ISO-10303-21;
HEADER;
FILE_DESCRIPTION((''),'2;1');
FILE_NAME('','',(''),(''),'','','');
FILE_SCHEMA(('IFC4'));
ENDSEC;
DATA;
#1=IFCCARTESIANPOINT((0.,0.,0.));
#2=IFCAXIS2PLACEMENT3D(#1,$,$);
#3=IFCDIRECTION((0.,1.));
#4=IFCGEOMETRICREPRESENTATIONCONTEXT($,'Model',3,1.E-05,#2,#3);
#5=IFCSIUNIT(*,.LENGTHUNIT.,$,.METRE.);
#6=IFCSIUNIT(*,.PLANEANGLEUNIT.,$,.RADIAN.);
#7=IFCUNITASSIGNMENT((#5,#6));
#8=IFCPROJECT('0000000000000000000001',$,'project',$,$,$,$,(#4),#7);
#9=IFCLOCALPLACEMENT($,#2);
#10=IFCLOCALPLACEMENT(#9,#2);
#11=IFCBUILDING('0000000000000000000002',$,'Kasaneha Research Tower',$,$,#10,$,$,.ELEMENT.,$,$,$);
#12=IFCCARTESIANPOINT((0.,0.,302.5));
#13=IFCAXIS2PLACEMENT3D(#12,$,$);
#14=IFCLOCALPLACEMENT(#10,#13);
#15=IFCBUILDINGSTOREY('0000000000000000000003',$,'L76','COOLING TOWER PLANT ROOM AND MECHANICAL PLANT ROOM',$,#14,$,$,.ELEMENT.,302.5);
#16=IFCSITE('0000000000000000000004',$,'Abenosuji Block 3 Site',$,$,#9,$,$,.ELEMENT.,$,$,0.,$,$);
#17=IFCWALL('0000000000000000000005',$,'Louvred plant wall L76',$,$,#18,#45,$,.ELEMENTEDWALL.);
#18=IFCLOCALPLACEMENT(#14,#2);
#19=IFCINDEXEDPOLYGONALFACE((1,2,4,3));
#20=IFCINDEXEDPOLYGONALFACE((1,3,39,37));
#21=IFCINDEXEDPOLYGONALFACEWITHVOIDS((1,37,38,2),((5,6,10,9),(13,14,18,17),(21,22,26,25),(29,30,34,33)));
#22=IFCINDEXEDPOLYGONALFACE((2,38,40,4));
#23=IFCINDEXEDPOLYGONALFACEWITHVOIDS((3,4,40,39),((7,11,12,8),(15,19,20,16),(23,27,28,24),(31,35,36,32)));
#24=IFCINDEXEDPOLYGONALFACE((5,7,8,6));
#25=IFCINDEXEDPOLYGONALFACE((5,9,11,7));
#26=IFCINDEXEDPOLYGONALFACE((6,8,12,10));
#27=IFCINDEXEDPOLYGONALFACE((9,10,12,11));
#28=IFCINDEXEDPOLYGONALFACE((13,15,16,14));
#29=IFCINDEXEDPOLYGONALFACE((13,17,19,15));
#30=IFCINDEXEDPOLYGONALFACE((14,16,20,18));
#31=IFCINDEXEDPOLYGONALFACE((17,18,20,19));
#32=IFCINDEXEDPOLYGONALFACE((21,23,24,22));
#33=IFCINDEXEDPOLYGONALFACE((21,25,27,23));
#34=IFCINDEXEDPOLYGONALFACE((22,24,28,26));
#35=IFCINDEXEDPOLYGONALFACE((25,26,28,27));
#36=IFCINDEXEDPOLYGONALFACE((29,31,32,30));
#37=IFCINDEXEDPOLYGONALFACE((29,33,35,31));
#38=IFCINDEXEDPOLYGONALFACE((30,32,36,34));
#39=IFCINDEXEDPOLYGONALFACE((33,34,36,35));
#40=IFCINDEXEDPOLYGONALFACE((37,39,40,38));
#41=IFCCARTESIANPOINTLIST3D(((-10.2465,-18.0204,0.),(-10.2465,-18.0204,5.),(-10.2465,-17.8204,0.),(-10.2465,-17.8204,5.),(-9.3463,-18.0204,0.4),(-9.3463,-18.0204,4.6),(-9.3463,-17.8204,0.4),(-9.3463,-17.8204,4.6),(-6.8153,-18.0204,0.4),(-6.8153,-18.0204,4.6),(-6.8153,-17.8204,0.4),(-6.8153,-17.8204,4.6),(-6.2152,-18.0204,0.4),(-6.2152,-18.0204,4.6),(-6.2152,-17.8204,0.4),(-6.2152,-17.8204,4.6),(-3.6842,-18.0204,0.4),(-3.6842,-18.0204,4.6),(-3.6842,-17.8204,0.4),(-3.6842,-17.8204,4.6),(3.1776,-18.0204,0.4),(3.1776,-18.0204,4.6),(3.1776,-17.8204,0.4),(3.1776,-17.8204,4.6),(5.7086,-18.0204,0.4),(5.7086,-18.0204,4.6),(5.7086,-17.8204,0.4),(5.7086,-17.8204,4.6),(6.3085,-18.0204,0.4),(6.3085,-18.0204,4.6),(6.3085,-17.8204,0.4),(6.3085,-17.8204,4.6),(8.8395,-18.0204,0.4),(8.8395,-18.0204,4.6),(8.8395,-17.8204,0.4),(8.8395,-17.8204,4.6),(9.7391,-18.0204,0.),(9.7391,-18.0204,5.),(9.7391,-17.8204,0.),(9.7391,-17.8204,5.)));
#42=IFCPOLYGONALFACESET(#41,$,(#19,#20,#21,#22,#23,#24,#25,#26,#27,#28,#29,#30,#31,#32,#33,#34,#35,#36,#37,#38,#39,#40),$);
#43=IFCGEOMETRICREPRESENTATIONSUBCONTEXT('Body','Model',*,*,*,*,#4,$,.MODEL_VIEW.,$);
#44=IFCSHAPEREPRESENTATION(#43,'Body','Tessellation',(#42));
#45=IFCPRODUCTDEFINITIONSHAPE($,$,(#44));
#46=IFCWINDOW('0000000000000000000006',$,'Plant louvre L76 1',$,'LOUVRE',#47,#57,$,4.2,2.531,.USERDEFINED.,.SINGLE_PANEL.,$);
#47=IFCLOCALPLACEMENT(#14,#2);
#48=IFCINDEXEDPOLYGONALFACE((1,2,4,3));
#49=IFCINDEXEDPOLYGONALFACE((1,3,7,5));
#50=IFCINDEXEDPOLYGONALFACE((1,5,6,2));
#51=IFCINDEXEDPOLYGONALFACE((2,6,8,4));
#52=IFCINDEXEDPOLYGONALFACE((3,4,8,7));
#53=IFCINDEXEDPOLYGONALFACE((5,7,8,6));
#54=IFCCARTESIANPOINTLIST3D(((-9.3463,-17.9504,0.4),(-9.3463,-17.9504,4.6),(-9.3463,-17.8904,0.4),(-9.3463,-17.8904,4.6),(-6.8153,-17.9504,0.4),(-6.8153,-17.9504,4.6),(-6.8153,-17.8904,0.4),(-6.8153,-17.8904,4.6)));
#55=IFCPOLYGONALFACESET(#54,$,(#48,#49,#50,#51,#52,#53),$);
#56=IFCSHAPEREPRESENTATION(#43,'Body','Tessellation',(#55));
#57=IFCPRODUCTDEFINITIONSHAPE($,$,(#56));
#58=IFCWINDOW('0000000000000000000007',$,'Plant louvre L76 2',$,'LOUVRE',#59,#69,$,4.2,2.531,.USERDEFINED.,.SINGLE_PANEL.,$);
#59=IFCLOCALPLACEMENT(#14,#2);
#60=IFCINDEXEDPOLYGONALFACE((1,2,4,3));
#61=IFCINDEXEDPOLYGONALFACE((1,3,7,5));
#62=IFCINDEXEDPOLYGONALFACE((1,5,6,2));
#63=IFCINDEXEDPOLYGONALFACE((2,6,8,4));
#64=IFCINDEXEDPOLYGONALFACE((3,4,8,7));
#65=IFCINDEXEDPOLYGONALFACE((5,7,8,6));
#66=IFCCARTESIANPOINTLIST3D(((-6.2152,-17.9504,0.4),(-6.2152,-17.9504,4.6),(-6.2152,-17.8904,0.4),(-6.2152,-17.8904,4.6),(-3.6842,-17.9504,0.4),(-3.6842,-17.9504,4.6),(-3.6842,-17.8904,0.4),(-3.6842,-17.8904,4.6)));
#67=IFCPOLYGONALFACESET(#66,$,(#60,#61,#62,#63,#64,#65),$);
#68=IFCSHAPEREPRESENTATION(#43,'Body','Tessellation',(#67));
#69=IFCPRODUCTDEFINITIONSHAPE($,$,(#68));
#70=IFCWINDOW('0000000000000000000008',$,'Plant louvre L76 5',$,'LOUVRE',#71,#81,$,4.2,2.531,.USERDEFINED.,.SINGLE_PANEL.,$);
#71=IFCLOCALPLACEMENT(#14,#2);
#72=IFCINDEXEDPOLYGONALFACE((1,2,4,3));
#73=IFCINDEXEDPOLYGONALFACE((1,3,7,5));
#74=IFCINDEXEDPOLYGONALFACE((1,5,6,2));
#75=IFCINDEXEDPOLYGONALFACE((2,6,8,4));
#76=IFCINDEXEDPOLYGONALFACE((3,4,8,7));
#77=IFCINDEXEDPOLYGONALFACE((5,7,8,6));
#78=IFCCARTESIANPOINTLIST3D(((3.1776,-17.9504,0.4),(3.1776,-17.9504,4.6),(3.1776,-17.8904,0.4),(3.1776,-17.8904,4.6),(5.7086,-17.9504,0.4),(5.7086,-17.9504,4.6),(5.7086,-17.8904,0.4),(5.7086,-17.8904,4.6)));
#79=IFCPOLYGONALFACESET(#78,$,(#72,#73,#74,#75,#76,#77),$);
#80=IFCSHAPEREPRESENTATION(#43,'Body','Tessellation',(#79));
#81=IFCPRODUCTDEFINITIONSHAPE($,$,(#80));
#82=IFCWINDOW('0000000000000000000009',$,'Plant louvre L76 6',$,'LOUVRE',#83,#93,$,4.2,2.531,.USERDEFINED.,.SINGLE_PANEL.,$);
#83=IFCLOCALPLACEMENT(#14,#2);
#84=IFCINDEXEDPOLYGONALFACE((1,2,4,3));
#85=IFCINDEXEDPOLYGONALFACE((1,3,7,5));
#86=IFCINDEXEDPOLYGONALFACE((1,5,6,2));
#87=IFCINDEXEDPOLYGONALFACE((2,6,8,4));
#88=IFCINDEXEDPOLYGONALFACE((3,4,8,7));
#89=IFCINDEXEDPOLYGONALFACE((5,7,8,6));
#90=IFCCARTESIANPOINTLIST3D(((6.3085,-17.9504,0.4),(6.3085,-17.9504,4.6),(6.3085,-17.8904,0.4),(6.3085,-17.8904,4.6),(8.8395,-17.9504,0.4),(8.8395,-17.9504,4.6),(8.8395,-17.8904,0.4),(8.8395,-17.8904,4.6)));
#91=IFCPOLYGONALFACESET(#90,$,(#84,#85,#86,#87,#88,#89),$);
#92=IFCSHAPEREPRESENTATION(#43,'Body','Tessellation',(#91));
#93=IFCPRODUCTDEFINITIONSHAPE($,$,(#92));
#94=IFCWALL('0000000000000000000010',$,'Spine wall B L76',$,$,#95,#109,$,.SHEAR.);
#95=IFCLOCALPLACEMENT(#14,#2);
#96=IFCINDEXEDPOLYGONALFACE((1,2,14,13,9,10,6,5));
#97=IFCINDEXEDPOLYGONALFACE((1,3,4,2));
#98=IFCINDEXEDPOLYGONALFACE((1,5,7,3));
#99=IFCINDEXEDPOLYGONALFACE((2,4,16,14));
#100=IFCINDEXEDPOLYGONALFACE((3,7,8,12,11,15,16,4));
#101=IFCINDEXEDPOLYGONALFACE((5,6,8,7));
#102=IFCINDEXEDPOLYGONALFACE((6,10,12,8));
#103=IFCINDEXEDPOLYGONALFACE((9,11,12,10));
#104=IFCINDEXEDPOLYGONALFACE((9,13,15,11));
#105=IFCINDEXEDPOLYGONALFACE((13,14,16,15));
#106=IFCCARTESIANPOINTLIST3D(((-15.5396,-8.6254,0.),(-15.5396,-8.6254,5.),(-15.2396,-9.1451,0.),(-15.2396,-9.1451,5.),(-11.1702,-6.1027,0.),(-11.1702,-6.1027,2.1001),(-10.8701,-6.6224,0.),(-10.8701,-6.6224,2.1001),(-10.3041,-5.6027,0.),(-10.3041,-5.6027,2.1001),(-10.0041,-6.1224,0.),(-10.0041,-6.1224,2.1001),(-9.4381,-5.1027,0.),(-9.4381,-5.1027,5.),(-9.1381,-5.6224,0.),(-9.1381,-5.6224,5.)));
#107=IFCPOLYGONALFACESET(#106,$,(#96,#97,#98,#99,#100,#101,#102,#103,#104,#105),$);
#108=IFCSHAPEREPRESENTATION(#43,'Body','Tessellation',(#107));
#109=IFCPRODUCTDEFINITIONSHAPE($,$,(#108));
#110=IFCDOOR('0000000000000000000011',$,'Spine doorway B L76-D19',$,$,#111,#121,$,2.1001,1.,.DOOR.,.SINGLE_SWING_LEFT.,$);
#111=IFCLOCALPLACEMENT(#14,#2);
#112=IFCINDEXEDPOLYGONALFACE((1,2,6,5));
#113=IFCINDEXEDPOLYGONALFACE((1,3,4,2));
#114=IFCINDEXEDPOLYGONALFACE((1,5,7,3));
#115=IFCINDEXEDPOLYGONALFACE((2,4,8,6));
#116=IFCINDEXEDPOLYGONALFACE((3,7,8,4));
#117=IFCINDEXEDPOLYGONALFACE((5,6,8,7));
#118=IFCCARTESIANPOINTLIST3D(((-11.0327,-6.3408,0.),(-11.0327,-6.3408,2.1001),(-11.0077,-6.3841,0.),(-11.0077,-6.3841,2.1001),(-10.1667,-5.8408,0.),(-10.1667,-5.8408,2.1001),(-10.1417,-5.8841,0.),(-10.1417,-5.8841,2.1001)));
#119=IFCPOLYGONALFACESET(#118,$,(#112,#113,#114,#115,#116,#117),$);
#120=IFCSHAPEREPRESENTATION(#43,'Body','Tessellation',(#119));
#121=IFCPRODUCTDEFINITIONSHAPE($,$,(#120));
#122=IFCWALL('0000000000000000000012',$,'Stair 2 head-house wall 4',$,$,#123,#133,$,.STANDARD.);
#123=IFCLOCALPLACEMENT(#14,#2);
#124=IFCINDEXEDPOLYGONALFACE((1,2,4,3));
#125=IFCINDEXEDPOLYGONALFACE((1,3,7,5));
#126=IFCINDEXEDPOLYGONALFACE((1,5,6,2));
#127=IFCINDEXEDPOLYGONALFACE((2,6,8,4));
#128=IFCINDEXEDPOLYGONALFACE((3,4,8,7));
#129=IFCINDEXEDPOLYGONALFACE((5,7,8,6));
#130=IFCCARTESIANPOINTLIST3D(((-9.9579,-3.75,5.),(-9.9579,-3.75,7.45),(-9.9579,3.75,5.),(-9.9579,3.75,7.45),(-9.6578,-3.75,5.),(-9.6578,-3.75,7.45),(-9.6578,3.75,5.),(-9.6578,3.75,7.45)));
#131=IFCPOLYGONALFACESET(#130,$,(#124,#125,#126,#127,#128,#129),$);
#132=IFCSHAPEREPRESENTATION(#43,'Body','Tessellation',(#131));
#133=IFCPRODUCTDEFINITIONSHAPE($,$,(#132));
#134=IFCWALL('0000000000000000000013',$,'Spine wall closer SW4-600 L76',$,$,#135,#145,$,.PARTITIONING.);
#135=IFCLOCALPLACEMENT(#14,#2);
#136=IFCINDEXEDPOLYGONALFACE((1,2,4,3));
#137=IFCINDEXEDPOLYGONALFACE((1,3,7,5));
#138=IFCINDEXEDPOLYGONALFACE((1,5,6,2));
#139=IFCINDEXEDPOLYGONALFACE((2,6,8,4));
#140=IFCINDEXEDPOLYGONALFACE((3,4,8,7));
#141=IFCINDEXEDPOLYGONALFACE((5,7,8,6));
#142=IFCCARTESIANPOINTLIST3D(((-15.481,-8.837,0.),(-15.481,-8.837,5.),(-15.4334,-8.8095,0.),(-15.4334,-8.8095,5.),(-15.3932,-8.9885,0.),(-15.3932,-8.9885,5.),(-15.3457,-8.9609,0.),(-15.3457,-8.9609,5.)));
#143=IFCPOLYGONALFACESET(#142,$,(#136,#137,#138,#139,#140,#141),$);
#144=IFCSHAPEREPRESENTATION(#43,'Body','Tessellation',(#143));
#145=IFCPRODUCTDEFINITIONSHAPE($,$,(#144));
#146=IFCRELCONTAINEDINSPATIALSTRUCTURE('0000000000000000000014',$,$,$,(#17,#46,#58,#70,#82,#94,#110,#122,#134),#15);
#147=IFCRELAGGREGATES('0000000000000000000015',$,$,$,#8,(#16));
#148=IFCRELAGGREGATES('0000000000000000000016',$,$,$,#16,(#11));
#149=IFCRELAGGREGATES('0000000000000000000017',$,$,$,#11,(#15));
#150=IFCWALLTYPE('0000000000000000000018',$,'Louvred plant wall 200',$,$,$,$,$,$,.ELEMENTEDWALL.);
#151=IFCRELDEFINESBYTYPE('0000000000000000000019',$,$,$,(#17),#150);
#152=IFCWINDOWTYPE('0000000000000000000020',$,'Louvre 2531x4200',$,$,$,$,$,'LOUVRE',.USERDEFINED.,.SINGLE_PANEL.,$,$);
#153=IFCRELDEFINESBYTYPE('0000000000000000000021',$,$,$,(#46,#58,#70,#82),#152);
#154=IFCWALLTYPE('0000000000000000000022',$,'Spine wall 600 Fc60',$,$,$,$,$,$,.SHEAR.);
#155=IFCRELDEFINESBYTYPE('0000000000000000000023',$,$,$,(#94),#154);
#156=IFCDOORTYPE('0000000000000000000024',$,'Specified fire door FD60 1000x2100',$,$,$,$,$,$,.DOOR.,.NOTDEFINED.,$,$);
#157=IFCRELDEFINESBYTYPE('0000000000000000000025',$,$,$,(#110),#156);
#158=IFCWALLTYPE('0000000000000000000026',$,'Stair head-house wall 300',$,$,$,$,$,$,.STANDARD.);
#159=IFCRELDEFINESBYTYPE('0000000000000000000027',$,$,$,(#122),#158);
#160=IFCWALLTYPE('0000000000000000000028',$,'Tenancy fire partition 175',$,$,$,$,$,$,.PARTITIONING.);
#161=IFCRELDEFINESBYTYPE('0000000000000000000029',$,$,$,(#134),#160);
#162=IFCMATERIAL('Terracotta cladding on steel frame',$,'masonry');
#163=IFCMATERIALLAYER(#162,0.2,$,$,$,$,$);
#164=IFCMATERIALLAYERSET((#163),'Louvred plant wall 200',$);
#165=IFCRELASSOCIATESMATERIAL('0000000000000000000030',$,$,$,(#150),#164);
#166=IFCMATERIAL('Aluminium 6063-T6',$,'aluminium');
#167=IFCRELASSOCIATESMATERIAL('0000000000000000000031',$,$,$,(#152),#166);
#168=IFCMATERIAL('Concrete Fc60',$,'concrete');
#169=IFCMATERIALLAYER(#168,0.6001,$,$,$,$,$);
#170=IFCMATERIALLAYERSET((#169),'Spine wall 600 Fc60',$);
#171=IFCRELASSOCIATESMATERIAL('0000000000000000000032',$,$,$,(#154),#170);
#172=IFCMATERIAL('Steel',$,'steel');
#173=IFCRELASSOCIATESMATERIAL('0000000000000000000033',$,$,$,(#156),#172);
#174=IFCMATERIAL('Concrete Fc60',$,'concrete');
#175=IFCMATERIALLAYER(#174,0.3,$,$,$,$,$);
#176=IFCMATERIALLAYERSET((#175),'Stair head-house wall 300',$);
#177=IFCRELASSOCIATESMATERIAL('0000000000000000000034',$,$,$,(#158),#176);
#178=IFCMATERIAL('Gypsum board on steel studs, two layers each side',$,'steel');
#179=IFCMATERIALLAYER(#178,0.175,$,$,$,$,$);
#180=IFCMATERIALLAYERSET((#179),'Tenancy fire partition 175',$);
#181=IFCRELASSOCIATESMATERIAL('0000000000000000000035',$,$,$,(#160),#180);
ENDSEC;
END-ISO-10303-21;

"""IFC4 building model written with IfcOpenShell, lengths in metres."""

from ifc_helpers import new_model, si_unit, direction, frame, frame_2d, origin, place, context, subcontext, project, spatial, rectangle, extrude, material, layer, layer_set, type_object, element, fill, save


model = new_model("IFC4")

# Units and contexts
model_context = context("Model", 3, precision=1e-05, world=origin(), true_north=direction((0.0, 1.0)))
body_context = subcontext(model_context, "Body", "Model", "MODEL_VIEW")
ifc_project = project(units=[si_unit("LENGTHUNIT", "METRE"), si_unit("PLANEANGLEUNIT", "RADIAN")], contexts=[model_context])

# Site, building, storey
site_placement = place(None, origin())
site = spatial("IfcSite", under=ifc_project, at=site_placement, Name="Abenosuji Block 3 Site", CompositionType="ELEMENT", RefElevation=0.0)
building_placement = place(site_placement, origin())
building = spatial("IfcBuilding", under=site, at=building_placement, Name="Kasaneha Research Tower", CompositionType="ELEMENT")
storey_placement = place(building_placement, frame((0.0, 0.0, 302.5)))
storey = spatial("IfcBuildingStorey", under=building, at=storey_placement, Name="L76", Description="COOLING TOWER PLANT ROOM AND MECHANICAL PLANT ROOM", CompositionType="ELEMENT", Elevation=302.5)

# Wall, openings, windows
ifc_material_1 = material(Name="Terracotta cladding on steel frame", Category="masonry")
ifc_layer_1 = layer(ifc_material_1, 0.2)
ifc_layer_set_1 = layer_set([ifc_layer_1], Name="Louvred plant wall 200")
wall_type_1 = type_object("IfcWallType", Name="Louvred plant wall 200", PredefinedType="ELEMENTEDWALL", material=ifc_layer_set_1)
wall_1_placement = place(storey_placement, frame((-10.2463, -17.9204, 0.0), z_axis=(0.0, 0.0, 1.0), x_axis=(1.0, 0.0, 0.0)))
wall_1 = element("IfcWall", 1, at=wall_1_placement, inside=storey, type_object=wall_type_1, Name="Louvred plant wall L76", PredefinedType="ELEMENTEDWALL", context=body_context, shape_type="SweptSolid", body=[
    extrude(rectangle(XDim=19.9856, YDim=0.2, at=frame_2d((9.9927, 0.0))), origin(), (0.0, 0.0, 1.0), 5.0),
])
opening_1_placement = place(wall_1_placement, frame((0.8999, 0.0, 0.3999)))
opening_1 = element("IfcOpeningElement", 2, at=opening_1_placement, cuts=wall_1, PredefinedType="OPENING", context=body_context, shape_type="SweptSolid", body=[
    extrude(rectangle(XDim=2.531, YDim=4.2, at=frame_2d((1.2656, 2.1001))), frame((0.0, 0.1099, 0.0), z_axis=(0.0, -1.0, 0.0), x_axis=(1.0, 0.0, 0.0)), (0.0, 0.0, 1.0), 0.22),
])
opening_2_placement = place(wall_1_placement, frame((4.031, 0.0, 0.3999)))
opening_2 = element("IfcOpeningElement", 3, at=opening_2_placement, cuts=wall_1, PredefinedType="OPENING", context=body_context, shape_type="SweptSolid", body=[
    extrude(rectangle(XDim=2.531, YDim=4.2, at=frame_2d((1.2656, 2.1001))), frame((0.0, 0.1099, 0.0), z_axis=(0.0, -1.0, 0.0), x_axis=(1.0, 0.0, 0.0)), (0.0, 0.0, 1.0), 0.22),
])
opening_3_placement = place(wall_1_placement, frame((13.4238, 0.0, 0.3999)))
opening_3 = element("IfcOpeningElement", 4, at=opening_3_placement, cuts=wall_1, PredefinedType="OPENING", context=body_context, shape_type="SweptSolid", body=[
    extrude(rectangle(XDim=2.531, YDim=4.2, at=frame_2d((1.2656, 2.1001))), frame((0.0, 0.1099, 0.0), z_axis=(0.0, -1.0, 0.0), x_axis=(1.0, 0.0, 0.0)), (0.0, 0.0, 1.0), 0.22),
])
opening_4_placement = place(wall_1_placement, frame((16.5547, 0.0, 0.3999)))
opening_4 = element("IfcOpeningElement", 5, at=opening_4_placement, cuts=wall_1, PredefinedType="OPENING", context=body_context, shape_type="SweptSolid", body=[
    extrude(rectangle(XDim=2.531, YDim=4.2, at=frame_2d((1.2656, 2.1001))), frame((0.0, 0.1099, 0.0), z_axis=(0.0, -1.0, 0.0), x_axis=(1.0, 0.0, 0.0)), (0.0, 0.0, 1.0), 0.22),
])
ifc_material_2 = material(Name="Aluminium 6063-T6", Category="aluminium")
window_type = type_object("IfcWindowType", Name="Louvre 2531x4200", ElementType="LOUVRE", PartitioningType="SINGLE_PANEL", PredefinedType="USERDEFINED", material=ifc_material_2)
window_1_placement = place(opening_1_placement, origin())
window_1 = element("IfcWindow", 6, at=window_1_placement, inside=storey, type_object=window_type, Name="Plant louvre L76 1", ObjectType="LOUVRE", OverallHeight=4.2, OverallWidth=2.531, PartitioningType="SINGLE_PANEL", PredefinedType="USERDEFINED", context=body_context, shape_type="SweptSolid", body=[
    extrude(rectangle(XDim=2.531, YDim=4.2, at=frame_2d((1.2656, 2.1001))), frame((0.0, 0.03, 0.0), z_axis=(0.0, -1.0, 0.0), x_axis=(1.0, 0.0, 0.0)), (0.0, 0.0, 1.0), 0.0601),
])
fill(opening_1, window_1)
window_2_placement = place(opening_2_placement, origin())
window_2 = element("IfcWindow", 7, at=window_2_placement, inside=storey, type_object=window_type, Name="Plant louvre L76 2", ObjectType="LOUVRE", OverallHeight=4.2, OverallWidth=2.531, PartitioningType="SINGLE_PANEL", PredefinedType="USERDEFINED", context=body_context, shape_type="SweptSolid", body=[
    extrude(rectangle(XDim=2.531, YDim=4.2, at=frame_2d((1.2656, 2.1001))), frame((0.0, 0.03, 0.0), z_axis=(0.0, -1.0, 0.0), x_axis=(1.0, 0.0, 0.0)), (0.0, 0.0, 1.0), 0.0601),
])
fill(opening_2, window_2)
window_3_placement = place(opening_3_placement, origin())
window_3 = element("IfcWindow", 8, at=window_3_placement, inside=storey, type_object=window_type, Name="Plant louvre L76 5", ObjectType="LOUVRE", OverallHeight=4.2, OverallWidth=2.531, PartitioningType="SINGLE_PANEL", PredefinedType="USERDEFINED", context=body_context, shape_type="SweptSolid", body=[
    extrude(rectangle(XDim=2.531, YDim=4.2, at=frame_2d((1.2656, 2.1001))), frame((0.0, 0.03, 0.0), z_axis=(0.0, -1.0, 0.0), x_axis=(1.0, 0.0, 0.0)), (0.0, 0.0, 1.0), 0.0601),
])
fill(opening_3, window_3)
window_4_placement = place(opening_4_placement, origin())
window_4 = element("IfcWindow", 9, at=window_4_placement, inside=storey, type_object=window_type, Name="Plant louvre L76 6", ObjectType="LOUVRE", OverallHeight=4.2, OverallWidth=2.531, PartitioningType="SINGLE_PANEL", PredefinedType="USERDEFINED", context=body_context, shape_type="SweptSolid", body=[
    extrude(rectangle(XDim=2.531, YDim=4.2, at=frame_2d((1.2656, 2.1001))), frame((0.0, 0.03, 0.0), z_axis=(0.0, -1.0, 0.0), x_axis=(1.0, 0.0, 0.0)), (0.0, 0.0, 1.0), 0.0601),
])
fill(opening_4, window_4)

# Wall, opening, door
ifc_material_3 = material(Name="Concrete Fc60", Category="concrete")
ifc_layer_2 = layer(ifc_material_3, 0.6001)
ifc_layer_set_2 = layer_set([ifc_layer_2], Name="Spine wall 600 Fc60")
wall_type_2 = type_object("IfcWallType", Name="Spine wall 600 Fc60", PredefinedType="SHEAR", material=ifc_layer_set_2)
wall_2_placement = place(storey_placement, frame((-9.2881, -5.3625, 0.0), z_axis=(0.0, 0.0, 1.0), x_axis=(-0.866027, -0.499996, 0.0)))
wall_2 = element("IfcWall", 10, at=wall_2_placement, inside=storey, type_object=wall_type_2, Name="Spine wall B L76", PredefinedType="SHEAR", context=body_context, shape_type="SweptSolid", body=[
    extrude(rectangle(XDim=7.0454, YDim=0.6001, at=frame_2d((3.5227, 0.0))), origin(), (0.0, 0.0, 1.0), 5.0),
])
opening_5_placement = place(wall_2_placement, frame((1.0, 0.0, 0.0)))
opening_5 = element("IfcOpeningElement", 11, at=opening_5_placement, cuts=wall_2, PredefinedType="OPENING", context=body_context, shape_type="SweptSolid", body=[
    extrude(rectangle(XDim=1.0, YDim=2.1001, at=frame_2d((0.5, 1.05))), frame((0.0, 0.3101, 0.0), z_axis=(0.0, -1.0, 0.0), x_axis=(1.0, 0.0, 0.0)), (0.0, 0.0, 1.0), 0.6201),
])
ifc_material_4 = material(Name="Steel", Category="steel")
door_type_1 = type_object("IfcDoorType", Name="Specified fire door FD60 1000x2100", OperationType="NOTDEFINED", PredefinedType="DOOR", material=ifc_material_4)
door_1_placement = place(opening_5_placement, origin())
door_1 = element("IfcDoor", 12, at=door_1_placement, inside=storey, type_object=door_type_1, Name="Spine doorway B L76-D19", OperationType="SINGLE_SWING_LEFT", OverallHeight=2.1001, OverallWidth=1.0, PredefinedType="DOOR", context=body_context, shape_type="SweptSolid", body=[
    extrude(rectangle(XDim=1.0, YDim=2.1001, at=frame_2d((0.5, 1.05))), frame((0.0, 0.0249, 0.0), z_axis=(0.0, -1.0, 0.0), x_axis=(1.0, 0.0, 0.0)), (0.0, 0.0, 1.0), 0.05),
])
fill(opening_5, door_1)

# Walls
ifc_material_5 = material(Name="Concrete Fc60", Category="concrete")
ifc_layer_3 = layer(ifc_material_5, 0.3)
ifc_layer_set_3 = layer_set([ifc_layer_3], Name="Stair head-house wall 300")
wall_type_3 = type_object("IfcWallType", Name="Stair head-house wall 300", PredefinedType="STANDARD", material=ifc_layer_set_3)
wall_3_placement = place(storey_placement, frame((-9.8079, -3.75, 5.0), z_axis=(0.0, 0.0, 1.0), x_axis=(0.0, 1.0, 0.0)))
element("IfcWall", 13, at=wall_3_placement, inside=storey, type_object=wall_type_3, Name="Stair 2 head-house wall 4", PredefinedType="STANDARD", context=body_context, shape_type="SweptSolid", body=[
    extrude(rectangle(XDim=7.5, YDim=0.3, at=frame_2d((3.75, 0.0))), origin(), (0.0, 0.0, 1.0), 2.45),
])
ifc_material_6 = material(Name="Gypsum board on steel studs, two layers each side", Category="steel")
ifc_layer_4 = layer(ifc_material_6, 0.175)
ifc_layer_set_4 = layer_set([ifc_layer_4], Name="Tenancy fire partition 175")
wall_type_4 = type_object("IfcWallType", Name="Tenancy fire partition 175", PredefinedType="PARTITIONING", material=ifc_layer_set_4)
wall_4_placement = place(storey_placement, frame((-15.3896, -8.8853, 0.0), z_axis=(0.0, 0.0, 1.0), x_axis=(-0.865224, -0.501386, 0.0)))
element("IfcWall", 14, at=wall_4_placement, inside=storey, type_object=wall_type_4, Name="Spine wall closer SW4-600 L76", PredefinedType="PARTITIONING", context=body_context, shape_type="SweptSolid", body=[
    extrude(rectangle(XDim=0.0549, YDim=0.175, at=frame_2d((0.0273, 0.0))), origin(), (0.0, 0.0, 1.0), 5.0),
])

save(model, "model.ifc")
